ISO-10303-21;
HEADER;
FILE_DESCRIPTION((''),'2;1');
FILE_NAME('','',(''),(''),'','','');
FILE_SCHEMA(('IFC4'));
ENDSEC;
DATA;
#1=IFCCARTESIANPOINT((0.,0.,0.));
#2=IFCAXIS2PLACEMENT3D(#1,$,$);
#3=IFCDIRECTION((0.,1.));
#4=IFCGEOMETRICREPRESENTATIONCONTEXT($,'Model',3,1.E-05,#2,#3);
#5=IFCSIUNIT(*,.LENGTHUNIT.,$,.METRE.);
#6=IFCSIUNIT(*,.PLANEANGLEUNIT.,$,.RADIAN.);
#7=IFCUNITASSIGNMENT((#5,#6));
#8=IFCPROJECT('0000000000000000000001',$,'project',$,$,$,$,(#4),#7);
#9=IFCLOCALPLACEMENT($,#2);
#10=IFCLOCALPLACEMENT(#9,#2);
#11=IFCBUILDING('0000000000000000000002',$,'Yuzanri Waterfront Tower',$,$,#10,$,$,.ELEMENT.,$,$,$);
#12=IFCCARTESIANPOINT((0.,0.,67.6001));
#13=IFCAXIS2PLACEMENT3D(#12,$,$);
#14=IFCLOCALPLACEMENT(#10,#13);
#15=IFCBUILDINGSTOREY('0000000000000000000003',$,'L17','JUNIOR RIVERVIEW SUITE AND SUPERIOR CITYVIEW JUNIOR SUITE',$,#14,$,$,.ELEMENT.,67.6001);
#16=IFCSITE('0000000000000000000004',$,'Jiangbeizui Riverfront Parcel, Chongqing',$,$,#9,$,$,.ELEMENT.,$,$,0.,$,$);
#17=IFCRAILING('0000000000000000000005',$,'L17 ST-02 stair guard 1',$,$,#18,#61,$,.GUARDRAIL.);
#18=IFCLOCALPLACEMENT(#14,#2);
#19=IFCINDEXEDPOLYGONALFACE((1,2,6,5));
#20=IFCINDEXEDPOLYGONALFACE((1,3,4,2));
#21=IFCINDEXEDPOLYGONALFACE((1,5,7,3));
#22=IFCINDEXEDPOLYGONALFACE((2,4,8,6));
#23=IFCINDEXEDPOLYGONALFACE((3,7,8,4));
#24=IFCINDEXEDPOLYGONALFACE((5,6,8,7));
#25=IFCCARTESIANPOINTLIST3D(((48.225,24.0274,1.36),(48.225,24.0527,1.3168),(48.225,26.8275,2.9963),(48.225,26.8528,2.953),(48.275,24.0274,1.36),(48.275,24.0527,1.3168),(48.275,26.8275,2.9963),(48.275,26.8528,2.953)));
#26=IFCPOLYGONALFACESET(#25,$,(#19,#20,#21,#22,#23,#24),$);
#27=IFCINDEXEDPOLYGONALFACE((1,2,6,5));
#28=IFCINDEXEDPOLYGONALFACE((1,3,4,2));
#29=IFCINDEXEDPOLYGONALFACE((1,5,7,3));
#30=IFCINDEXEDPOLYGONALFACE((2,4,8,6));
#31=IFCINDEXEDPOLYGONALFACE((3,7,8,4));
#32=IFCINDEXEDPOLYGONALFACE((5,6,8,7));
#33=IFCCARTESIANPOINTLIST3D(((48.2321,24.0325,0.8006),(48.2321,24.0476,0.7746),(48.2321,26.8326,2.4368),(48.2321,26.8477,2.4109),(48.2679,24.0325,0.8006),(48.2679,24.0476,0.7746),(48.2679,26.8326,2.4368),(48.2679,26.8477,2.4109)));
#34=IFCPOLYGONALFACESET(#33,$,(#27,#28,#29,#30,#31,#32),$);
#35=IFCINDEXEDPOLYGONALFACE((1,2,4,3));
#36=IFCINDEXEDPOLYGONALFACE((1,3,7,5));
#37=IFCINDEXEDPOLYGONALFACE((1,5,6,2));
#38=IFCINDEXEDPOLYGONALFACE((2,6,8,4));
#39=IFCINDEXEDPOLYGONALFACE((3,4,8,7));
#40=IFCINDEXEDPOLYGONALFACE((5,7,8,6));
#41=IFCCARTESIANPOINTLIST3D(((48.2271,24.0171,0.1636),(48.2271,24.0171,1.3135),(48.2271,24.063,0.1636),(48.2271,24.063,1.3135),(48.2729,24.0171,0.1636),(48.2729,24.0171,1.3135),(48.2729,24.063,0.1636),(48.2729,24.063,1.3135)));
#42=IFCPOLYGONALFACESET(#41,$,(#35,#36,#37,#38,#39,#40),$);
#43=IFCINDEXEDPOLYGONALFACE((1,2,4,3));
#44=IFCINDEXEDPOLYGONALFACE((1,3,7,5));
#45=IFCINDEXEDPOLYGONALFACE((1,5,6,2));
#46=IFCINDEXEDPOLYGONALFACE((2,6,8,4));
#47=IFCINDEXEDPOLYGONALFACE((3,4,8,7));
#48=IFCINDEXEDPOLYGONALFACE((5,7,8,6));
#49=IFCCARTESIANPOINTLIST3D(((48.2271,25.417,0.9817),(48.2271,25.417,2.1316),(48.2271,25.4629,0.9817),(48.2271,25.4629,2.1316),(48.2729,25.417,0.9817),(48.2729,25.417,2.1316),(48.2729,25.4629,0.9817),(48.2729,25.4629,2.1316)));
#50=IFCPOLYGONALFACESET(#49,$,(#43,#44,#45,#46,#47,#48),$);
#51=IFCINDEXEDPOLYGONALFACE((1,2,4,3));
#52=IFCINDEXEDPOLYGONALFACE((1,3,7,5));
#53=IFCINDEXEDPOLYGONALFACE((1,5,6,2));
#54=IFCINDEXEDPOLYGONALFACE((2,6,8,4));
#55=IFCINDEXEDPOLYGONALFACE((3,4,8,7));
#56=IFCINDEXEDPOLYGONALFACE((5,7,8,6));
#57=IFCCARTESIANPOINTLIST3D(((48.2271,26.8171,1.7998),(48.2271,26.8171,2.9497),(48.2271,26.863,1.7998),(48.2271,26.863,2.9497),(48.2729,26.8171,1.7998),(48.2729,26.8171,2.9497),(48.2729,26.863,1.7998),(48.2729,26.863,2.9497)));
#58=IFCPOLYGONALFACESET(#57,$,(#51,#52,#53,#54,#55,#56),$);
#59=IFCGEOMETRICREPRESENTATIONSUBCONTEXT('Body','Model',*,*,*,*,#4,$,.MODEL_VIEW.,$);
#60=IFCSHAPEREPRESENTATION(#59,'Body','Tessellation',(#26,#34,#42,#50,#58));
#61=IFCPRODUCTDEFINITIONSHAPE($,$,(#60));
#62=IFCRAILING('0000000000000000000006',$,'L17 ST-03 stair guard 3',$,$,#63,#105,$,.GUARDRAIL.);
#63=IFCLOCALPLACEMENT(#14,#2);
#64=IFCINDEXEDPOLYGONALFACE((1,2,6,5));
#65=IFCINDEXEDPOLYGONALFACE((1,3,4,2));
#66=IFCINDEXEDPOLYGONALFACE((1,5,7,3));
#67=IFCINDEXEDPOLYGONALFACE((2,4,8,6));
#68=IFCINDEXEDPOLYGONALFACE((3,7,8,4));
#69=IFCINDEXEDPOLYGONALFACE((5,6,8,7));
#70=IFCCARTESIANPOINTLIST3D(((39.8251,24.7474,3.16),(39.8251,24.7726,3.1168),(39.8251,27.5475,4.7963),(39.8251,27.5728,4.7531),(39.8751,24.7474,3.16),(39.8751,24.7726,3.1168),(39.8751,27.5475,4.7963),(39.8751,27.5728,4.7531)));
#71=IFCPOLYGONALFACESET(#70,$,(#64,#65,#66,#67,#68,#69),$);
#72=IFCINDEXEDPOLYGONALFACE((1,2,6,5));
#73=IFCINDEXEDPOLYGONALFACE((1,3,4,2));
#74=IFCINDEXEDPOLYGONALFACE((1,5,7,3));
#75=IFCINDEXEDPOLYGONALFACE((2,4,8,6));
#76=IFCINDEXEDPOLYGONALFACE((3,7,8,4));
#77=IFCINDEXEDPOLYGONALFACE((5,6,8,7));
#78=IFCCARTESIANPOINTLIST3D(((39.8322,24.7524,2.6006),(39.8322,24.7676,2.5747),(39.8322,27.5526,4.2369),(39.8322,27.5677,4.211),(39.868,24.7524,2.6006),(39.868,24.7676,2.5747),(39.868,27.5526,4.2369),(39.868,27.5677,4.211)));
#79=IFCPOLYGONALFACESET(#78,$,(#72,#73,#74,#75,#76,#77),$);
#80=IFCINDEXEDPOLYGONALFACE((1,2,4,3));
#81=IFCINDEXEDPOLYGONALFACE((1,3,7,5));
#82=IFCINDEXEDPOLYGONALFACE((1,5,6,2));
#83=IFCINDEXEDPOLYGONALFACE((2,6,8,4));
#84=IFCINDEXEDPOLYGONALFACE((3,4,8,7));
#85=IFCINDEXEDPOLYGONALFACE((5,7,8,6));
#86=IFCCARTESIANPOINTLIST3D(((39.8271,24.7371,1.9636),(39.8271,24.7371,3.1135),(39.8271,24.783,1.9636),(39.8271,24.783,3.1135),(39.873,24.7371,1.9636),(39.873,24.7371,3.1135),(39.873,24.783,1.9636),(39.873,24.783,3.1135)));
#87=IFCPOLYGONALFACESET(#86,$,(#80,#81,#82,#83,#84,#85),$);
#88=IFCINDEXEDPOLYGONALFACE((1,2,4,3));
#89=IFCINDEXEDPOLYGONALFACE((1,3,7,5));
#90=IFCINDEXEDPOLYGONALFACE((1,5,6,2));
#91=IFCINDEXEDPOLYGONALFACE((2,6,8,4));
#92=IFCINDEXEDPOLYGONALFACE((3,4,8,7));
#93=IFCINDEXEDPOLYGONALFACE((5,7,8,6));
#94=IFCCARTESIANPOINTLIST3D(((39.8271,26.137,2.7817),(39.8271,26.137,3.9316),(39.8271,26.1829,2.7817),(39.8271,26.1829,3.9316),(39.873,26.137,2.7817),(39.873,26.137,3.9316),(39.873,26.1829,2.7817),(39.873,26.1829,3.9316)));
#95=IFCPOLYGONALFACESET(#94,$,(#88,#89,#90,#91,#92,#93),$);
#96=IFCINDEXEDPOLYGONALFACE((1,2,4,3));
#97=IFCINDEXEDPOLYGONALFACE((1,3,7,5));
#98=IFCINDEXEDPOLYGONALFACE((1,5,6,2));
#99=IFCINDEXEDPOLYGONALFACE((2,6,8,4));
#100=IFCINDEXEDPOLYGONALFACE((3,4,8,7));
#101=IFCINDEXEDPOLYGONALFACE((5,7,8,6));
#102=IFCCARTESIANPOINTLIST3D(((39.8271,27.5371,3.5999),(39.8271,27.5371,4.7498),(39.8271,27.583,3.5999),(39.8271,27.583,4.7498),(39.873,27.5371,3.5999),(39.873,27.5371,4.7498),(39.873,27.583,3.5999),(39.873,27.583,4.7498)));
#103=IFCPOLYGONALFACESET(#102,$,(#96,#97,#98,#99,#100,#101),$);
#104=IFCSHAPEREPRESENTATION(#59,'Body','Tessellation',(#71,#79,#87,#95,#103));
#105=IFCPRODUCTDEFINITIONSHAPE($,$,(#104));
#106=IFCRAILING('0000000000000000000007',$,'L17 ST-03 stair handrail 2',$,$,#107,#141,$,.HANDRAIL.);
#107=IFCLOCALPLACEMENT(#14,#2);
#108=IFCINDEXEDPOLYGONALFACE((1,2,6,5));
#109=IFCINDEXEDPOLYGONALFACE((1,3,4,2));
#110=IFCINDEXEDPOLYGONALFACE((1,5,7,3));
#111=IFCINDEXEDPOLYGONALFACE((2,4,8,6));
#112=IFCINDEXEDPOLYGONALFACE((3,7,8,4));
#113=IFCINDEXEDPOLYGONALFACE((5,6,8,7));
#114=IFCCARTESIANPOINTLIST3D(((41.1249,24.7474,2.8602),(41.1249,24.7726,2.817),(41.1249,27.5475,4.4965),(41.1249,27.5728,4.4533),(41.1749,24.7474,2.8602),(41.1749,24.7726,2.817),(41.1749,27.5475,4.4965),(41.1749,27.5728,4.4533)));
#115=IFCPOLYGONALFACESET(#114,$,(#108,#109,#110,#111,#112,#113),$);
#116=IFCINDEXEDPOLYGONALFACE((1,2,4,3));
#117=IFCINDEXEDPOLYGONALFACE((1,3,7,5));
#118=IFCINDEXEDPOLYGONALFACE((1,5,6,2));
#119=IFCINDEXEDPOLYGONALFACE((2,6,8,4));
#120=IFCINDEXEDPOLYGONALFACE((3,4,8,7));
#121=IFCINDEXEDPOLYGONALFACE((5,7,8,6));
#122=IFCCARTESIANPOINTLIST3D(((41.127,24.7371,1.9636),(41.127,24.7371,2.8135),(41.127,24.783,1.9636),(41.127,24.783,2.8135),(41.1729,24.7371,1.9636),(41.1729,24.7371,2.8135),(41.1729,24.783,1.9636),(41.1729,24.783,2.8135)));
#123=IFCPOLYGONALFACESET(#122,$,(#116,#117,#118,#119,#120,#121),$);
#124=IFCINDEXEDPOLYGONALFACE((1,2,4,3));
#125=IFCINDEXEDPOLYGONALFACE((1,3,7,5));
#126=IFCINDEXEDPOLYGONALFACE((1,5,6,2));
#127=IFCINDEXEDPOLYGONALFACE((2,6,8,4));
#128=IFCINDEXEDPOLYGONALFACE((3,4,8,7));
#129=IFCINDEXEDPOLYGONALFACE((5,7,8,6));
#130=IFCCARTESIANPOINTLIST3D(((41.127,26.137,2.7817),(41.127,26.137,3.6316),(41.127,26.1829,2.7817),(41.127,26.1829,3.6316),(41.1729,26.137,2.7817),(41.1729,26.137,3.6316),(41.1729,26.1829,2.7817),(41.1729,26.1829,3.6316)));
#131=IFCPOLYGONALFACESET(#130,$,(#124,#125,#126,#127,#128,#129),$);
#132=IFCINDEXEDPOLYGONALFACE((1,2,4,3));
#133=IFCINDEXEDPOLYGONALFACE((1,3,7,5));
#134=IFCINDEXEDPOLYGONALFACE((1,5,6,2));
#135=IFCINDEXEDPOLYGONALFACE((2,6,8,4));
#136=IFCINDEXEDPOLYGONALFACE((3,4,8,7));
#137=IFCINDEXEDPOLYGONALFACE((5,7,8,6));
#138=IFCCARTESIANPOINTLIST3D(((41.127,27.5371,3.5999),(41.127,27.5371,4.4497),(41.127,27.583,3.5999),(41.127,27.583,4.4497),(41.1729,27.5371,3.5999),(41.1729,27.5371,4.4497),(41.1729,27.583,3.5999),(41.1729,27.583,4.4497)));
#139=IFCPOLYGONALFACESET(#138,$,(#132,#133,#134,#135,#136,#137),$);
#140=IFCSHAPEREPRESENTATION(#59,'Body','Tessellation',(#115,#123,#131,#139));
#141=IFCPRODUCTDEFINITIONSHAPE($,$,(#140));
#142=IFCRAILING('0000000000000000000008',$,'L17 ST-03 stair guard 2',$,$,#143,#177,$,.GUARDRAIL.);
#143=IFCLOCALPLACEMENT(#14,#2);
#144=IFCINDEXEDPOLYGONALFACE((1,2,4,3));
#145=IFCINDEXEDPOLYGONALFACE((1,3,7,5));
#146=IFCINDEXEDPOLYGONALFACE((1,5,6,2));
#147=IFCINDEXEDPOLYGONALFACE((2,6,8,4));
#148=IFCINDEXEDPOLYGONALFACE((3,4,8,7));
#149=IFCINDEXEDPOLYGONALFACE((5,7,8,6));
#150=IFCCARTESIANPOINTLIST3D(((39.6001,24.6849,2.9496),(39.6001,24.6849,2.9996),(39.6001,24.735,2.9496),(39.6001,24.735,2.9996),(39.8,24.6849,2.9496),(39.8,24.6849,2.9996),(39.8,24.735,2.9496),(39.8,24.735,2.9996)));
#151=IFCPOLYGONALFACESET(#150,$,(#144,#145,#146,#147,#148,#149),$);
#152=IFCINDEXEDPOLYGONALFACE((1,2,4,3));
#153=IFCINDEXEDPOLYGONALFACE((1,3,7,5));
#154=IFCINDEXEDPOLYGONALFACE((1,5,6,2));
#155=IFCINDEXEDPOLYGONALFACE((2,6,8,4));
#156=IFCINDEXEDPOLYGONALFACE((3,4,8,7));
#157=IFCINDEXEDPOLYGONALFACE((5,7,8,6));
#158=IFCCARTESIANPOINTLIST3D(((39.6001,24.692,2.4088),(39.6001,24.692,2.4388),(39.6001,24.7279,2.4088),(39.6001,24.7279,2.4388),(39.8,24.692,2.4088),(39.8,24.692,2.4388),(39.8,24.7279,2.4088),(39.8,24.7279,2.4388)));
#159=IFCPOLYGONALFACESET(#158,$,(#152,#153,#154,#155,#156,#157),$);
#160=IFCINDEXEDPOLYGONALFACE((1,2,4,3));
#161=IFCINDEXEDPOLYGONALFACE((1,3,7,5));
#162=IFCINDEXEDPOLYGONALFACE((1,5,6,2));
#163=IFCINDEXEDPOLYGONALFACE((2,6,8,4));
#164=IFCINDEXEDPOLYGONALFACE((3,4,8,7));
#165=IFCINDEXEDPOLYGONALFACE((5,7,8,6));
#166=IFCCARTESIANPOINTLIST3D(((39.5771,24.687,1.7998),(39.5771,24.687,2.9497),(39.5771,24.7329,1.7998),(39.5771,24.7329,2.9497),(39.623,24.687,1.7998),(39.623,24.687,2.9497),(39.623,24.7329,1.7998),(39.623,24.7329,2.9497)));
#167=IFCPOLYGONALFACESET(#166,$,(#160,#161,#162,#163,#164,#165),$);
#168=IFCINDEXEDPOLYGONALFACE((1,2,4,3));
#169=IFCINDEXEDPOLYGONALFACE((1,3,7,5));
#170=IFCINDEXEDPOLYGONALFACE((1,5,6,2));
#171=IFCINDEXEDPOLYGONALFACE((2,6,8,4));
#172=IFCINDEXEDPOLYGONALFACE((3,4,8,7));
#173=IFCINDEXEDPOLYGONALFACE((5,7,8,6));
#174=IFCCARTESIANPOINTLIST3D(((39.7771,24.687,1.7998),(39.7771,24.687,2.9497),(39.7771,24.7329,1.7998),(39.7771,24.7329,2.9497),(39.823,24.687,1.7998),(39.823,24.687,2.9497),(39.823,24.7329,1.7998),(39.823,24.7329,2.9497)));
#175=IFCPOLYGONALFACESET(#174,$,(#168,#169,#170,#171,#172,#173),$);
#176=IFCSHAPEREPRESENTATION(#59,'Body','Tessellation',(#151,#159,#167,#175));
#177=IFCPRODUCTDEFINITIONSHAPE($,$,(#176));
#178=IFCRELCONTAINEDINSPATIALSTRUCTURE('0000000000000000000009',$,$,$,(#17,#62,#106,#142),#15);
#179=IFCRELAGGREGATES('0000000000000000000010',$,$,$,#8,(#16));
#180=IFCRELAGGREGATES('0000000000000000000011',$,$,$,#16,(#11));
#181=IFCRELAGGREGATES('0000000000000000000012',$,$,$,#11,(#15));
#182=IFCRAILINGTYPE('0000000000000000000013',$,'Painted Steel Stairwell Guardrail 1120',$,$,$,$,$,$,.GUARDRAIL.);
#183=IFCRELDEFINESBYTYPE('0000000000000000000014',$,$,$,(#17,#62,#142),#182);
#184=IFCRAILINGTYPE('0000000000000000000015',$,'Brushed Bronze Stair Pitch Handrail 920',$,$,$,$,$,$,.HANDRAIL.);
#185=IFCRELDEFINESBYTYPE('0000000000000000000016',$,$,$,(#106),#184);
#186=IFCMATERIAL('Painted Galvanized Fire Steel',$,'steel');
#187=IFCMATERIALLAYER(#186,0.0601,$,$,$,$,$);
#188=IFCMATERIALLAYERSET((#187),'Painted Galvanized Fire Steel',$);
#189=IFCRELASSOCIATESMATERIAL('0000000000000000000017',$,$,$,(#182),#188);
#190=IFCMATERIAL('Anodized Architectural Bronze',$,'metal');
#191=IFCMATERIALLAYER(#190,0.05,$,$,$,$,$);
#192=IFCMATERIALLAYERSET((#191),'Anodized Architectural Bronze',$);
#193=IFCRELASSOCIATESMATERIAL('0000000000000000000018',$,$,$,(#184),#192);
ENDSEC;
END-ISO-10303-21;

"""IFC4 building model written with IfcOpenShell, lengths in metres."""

from ifc_helpers import new_model, si_unit, direction, frame, origin, origin_2d, place, context, subcontext, project, spatial, rectangle, extrude, source, transform, mapped, material, layer, layer_set, type_object, element, save


model = new_model("IFC4")

# Units and contexts
model_context = context("Model", 3, precision=1e-05, world=origin(), true_north=direction((0.0, 1.0)))
body_context = subcontext(model_context, "Body", "Model", "MODEL_VIEW")
ifc_project = project(units=[si_unit("LENGTHUNIT", "METRE"), si_unit("PLANEANGLEUNIT", "RADIAN")], contexts=[model_context])

# Site, building, storey
site_placement = place(None, origin())
site = spatial("IfcSite", under=ifc_project, at=site_placement, Name="Jiangbeizui Riverfront Parcel, Chongqing", CompositionType="ELEMENT", RefElevation=0.0)
building_placement = place(site_placement, origin())
building = spatial("IfcBuilding", under=site, at=building_placement, Name="Yuzanri Waterfront Tower", CompositionType="ELEMENT")
storey_placement = place(building_placement, frame((0.0, 0.0, 67.6001)))
storey = spatial("IfcBuildingStorey", under=building, at=storey_placement, Name="L17", Description="JUNIOR RIVERVIEW SUITE AND SUPERIOR CITYVIEW JUNIOR SUITE", CompositionType="ELEMENT", Elevation=67.6001)

# Railings
ifc_material_1 = material(Name="Painted Galvanized Fire Steel", Category="steel")
ifc_layer_1 = layer(ifc_material_1, 0.0601)
ifc_layer_set_1 = layer_set([ifc_layer_1], Name="Painted Galvanized Fire Steel")
railing_type_1 = type_object("IfcRailingType", Name="Painted Steel Stairwell Guardrail 1120", PredefinedType="GUARDRAIL", material=ifc_layer_set_1)
shared_shape_1 = source(origin(), body_context, "Body", "SweptSolid", [
    extrude(rectangle(XDim=0.05, YDim=0.05, at=origin_2d()), frame((0.0, 0.0, 1.1748), z_axis=(0.0, 0.863394, 0.504531), x_axis=(-1.0, 0.0, 0.0)), (0.0, 0.0, 1.0), 3.2432),
    extrude(rectangle(XDim=0.0359, YDim=0.03, at=origin_2d()), frame((0.0, 0.0, 0.624), z_axis=(0.0, 0.863394, 0.504531), x_axis=(-1.0, 0.0, 0.0)), (0.0, 0.0, 1.0), 3.2432),
    extrude(rectangle(XDim=0.0459, YDim=0.0459, at=origin_2d()), origin(), (0.0, 0.0, 1.0), 1.1499),
    extrude(rectangle(XDim=0.0459, YDim=0.0459, at=origin_2d()), frame((0.0, 1.3999, 0.8181)), (0.0, 0.0, 1.0), 1.1499),
    extrude(rectangle(XDim=0.0459, YDim=0.0459, at=origin_2d()), frame((0.0, 2.8, 1.6362)), (0.0, 0.0, 1.0), 1.1499),
])
for number, where, name in (
    (1, (48.25, 24.04, 0.1636), "L17 ST-02 stair guard 1"),
    (2, (39.8501, 24.76, 1.9636), "L17 ST-03 stair guard 3"),
):
    element("IfcRailing", number, at=place(storey_placement, frame(where)), inside=storey, type_object=railing_type_1, Name=name, PredefinedType="GUARDRAIL", context=body_context, shape_type="MappedRepresentation", body=[
        mapped(shared_shape_1, transform((0.0, 0.0, 0.0), scale=1.0)),
    ])
ifc_material_2 = material(Name="Anodized Architectural Bronze", Category="metal")
ifc_layer_2 = layer(ifc_material_2, 0.05)
ifc_layer_set_2 = layer_set([ifc_layer_2], Name="Anodized Architectural Bronze")
railing_type_2 = type_object("IfcRailingType", Name="Brushed Bronze Stair Pitch Handrail 920", PredefinedType="HANDRAIL", material=ifc_layer_set_2)
shared_shape_2 = source(origin(), body_context, "Body", "SweptSolid", [
    extrude(rectangle(XDim=0.05, YDim=0.05, at=origin_2d()), frame((0.0, 0.0, 0.875), z_axis=(0.0, 0.863394, 0.504531), x_axis=(-1.0, 0.0, 0.0)), (0.0, 0.0, 1.0), 3.2432),
    extrude(rectangle(XDim=0.0459, YDim=0.0459, at=origin_2d()), origin(), (0.0, 0.0, 1.0), 0.8499),
    extrude(rectangle(XDim=0.0459, YDim=0.0459, at=origin_2d()), frame((0.0, 1.3999, 0.8181)), (0.0, 0.0, 1.0), 0.8499),
    extrude(rectangle(XDim=0.0459, YDim=0.0459, at=origin_2d()), frame((0.0, 2.8, 1.6362)), (0.0, 0.0, 1.0), 0.8499),
])
railing_1_placement = place(storey_placement, frame((41.1499, 24.76, 1.9636)))
element("IfcRailing", 3, at=railing_1_placement, inside=storey, type_object=railing_type_2, Name="L17 ST-03 stair handrail 2", PredefinedType="HANDRAIL", context=body_context, shape_type="MappedRepresentation", body=[
    mapped(shared_shape_2, transform((0.0, 0.0, 0.0), scale=1.0)),
])
shared_shape_3 = source(origin(), body_context, "Body", "SweptSolid", [
    extrude(rectangle(XDim=0.05, YDim=0.05, at=origin_2d()), frame((0.0, 0.0, 1.1748), z_axis=(1.0, 0.0, 0.0), x_axis=(0.0, 1.0, 0.0)), (0.0, 0.0, 1.0), 0.2),
    extrude(rectangle(XDim=0.0359, YDim=0.03, at=origin_2d()), frame((0.0, 0.0, 0.624), z_axis=(1.0, 0.0, 0.0), x_axis=(0.0, 1.0, 0.0)), (0.0, 0.0, 1.0), 0.2),
    extrude(rectangle(XDim=0.0459, YDim=0.0459, at=origin_2d()), origin(), (0.0, 0.0, 1.0), 1.1499),
    extrude(rectangle(XDim=0.0459, YDim=0.0459, at=origin_2d()), frame((0.2, 0.0, 0.0)), (0.0, 0.0, 1.0), 1.1499),
])
railing_2_placement = place(storey_placement, frame((39.6001, 24.71, 1.7998)))
element("IfcRailing", 4, at=railing_2_placement, inside=storey, type_object=railing_type_1, Name="L17 ST-03 stair guard 2", PredefinedType="GUARDRAIL", context=body_context, shape_type="MappedRepresentation", body=[
    mapped(shared_shape_3, transform((0.0, 0.0, 0.0), scale=1.0)),
])

save(model, "model.ifc")
